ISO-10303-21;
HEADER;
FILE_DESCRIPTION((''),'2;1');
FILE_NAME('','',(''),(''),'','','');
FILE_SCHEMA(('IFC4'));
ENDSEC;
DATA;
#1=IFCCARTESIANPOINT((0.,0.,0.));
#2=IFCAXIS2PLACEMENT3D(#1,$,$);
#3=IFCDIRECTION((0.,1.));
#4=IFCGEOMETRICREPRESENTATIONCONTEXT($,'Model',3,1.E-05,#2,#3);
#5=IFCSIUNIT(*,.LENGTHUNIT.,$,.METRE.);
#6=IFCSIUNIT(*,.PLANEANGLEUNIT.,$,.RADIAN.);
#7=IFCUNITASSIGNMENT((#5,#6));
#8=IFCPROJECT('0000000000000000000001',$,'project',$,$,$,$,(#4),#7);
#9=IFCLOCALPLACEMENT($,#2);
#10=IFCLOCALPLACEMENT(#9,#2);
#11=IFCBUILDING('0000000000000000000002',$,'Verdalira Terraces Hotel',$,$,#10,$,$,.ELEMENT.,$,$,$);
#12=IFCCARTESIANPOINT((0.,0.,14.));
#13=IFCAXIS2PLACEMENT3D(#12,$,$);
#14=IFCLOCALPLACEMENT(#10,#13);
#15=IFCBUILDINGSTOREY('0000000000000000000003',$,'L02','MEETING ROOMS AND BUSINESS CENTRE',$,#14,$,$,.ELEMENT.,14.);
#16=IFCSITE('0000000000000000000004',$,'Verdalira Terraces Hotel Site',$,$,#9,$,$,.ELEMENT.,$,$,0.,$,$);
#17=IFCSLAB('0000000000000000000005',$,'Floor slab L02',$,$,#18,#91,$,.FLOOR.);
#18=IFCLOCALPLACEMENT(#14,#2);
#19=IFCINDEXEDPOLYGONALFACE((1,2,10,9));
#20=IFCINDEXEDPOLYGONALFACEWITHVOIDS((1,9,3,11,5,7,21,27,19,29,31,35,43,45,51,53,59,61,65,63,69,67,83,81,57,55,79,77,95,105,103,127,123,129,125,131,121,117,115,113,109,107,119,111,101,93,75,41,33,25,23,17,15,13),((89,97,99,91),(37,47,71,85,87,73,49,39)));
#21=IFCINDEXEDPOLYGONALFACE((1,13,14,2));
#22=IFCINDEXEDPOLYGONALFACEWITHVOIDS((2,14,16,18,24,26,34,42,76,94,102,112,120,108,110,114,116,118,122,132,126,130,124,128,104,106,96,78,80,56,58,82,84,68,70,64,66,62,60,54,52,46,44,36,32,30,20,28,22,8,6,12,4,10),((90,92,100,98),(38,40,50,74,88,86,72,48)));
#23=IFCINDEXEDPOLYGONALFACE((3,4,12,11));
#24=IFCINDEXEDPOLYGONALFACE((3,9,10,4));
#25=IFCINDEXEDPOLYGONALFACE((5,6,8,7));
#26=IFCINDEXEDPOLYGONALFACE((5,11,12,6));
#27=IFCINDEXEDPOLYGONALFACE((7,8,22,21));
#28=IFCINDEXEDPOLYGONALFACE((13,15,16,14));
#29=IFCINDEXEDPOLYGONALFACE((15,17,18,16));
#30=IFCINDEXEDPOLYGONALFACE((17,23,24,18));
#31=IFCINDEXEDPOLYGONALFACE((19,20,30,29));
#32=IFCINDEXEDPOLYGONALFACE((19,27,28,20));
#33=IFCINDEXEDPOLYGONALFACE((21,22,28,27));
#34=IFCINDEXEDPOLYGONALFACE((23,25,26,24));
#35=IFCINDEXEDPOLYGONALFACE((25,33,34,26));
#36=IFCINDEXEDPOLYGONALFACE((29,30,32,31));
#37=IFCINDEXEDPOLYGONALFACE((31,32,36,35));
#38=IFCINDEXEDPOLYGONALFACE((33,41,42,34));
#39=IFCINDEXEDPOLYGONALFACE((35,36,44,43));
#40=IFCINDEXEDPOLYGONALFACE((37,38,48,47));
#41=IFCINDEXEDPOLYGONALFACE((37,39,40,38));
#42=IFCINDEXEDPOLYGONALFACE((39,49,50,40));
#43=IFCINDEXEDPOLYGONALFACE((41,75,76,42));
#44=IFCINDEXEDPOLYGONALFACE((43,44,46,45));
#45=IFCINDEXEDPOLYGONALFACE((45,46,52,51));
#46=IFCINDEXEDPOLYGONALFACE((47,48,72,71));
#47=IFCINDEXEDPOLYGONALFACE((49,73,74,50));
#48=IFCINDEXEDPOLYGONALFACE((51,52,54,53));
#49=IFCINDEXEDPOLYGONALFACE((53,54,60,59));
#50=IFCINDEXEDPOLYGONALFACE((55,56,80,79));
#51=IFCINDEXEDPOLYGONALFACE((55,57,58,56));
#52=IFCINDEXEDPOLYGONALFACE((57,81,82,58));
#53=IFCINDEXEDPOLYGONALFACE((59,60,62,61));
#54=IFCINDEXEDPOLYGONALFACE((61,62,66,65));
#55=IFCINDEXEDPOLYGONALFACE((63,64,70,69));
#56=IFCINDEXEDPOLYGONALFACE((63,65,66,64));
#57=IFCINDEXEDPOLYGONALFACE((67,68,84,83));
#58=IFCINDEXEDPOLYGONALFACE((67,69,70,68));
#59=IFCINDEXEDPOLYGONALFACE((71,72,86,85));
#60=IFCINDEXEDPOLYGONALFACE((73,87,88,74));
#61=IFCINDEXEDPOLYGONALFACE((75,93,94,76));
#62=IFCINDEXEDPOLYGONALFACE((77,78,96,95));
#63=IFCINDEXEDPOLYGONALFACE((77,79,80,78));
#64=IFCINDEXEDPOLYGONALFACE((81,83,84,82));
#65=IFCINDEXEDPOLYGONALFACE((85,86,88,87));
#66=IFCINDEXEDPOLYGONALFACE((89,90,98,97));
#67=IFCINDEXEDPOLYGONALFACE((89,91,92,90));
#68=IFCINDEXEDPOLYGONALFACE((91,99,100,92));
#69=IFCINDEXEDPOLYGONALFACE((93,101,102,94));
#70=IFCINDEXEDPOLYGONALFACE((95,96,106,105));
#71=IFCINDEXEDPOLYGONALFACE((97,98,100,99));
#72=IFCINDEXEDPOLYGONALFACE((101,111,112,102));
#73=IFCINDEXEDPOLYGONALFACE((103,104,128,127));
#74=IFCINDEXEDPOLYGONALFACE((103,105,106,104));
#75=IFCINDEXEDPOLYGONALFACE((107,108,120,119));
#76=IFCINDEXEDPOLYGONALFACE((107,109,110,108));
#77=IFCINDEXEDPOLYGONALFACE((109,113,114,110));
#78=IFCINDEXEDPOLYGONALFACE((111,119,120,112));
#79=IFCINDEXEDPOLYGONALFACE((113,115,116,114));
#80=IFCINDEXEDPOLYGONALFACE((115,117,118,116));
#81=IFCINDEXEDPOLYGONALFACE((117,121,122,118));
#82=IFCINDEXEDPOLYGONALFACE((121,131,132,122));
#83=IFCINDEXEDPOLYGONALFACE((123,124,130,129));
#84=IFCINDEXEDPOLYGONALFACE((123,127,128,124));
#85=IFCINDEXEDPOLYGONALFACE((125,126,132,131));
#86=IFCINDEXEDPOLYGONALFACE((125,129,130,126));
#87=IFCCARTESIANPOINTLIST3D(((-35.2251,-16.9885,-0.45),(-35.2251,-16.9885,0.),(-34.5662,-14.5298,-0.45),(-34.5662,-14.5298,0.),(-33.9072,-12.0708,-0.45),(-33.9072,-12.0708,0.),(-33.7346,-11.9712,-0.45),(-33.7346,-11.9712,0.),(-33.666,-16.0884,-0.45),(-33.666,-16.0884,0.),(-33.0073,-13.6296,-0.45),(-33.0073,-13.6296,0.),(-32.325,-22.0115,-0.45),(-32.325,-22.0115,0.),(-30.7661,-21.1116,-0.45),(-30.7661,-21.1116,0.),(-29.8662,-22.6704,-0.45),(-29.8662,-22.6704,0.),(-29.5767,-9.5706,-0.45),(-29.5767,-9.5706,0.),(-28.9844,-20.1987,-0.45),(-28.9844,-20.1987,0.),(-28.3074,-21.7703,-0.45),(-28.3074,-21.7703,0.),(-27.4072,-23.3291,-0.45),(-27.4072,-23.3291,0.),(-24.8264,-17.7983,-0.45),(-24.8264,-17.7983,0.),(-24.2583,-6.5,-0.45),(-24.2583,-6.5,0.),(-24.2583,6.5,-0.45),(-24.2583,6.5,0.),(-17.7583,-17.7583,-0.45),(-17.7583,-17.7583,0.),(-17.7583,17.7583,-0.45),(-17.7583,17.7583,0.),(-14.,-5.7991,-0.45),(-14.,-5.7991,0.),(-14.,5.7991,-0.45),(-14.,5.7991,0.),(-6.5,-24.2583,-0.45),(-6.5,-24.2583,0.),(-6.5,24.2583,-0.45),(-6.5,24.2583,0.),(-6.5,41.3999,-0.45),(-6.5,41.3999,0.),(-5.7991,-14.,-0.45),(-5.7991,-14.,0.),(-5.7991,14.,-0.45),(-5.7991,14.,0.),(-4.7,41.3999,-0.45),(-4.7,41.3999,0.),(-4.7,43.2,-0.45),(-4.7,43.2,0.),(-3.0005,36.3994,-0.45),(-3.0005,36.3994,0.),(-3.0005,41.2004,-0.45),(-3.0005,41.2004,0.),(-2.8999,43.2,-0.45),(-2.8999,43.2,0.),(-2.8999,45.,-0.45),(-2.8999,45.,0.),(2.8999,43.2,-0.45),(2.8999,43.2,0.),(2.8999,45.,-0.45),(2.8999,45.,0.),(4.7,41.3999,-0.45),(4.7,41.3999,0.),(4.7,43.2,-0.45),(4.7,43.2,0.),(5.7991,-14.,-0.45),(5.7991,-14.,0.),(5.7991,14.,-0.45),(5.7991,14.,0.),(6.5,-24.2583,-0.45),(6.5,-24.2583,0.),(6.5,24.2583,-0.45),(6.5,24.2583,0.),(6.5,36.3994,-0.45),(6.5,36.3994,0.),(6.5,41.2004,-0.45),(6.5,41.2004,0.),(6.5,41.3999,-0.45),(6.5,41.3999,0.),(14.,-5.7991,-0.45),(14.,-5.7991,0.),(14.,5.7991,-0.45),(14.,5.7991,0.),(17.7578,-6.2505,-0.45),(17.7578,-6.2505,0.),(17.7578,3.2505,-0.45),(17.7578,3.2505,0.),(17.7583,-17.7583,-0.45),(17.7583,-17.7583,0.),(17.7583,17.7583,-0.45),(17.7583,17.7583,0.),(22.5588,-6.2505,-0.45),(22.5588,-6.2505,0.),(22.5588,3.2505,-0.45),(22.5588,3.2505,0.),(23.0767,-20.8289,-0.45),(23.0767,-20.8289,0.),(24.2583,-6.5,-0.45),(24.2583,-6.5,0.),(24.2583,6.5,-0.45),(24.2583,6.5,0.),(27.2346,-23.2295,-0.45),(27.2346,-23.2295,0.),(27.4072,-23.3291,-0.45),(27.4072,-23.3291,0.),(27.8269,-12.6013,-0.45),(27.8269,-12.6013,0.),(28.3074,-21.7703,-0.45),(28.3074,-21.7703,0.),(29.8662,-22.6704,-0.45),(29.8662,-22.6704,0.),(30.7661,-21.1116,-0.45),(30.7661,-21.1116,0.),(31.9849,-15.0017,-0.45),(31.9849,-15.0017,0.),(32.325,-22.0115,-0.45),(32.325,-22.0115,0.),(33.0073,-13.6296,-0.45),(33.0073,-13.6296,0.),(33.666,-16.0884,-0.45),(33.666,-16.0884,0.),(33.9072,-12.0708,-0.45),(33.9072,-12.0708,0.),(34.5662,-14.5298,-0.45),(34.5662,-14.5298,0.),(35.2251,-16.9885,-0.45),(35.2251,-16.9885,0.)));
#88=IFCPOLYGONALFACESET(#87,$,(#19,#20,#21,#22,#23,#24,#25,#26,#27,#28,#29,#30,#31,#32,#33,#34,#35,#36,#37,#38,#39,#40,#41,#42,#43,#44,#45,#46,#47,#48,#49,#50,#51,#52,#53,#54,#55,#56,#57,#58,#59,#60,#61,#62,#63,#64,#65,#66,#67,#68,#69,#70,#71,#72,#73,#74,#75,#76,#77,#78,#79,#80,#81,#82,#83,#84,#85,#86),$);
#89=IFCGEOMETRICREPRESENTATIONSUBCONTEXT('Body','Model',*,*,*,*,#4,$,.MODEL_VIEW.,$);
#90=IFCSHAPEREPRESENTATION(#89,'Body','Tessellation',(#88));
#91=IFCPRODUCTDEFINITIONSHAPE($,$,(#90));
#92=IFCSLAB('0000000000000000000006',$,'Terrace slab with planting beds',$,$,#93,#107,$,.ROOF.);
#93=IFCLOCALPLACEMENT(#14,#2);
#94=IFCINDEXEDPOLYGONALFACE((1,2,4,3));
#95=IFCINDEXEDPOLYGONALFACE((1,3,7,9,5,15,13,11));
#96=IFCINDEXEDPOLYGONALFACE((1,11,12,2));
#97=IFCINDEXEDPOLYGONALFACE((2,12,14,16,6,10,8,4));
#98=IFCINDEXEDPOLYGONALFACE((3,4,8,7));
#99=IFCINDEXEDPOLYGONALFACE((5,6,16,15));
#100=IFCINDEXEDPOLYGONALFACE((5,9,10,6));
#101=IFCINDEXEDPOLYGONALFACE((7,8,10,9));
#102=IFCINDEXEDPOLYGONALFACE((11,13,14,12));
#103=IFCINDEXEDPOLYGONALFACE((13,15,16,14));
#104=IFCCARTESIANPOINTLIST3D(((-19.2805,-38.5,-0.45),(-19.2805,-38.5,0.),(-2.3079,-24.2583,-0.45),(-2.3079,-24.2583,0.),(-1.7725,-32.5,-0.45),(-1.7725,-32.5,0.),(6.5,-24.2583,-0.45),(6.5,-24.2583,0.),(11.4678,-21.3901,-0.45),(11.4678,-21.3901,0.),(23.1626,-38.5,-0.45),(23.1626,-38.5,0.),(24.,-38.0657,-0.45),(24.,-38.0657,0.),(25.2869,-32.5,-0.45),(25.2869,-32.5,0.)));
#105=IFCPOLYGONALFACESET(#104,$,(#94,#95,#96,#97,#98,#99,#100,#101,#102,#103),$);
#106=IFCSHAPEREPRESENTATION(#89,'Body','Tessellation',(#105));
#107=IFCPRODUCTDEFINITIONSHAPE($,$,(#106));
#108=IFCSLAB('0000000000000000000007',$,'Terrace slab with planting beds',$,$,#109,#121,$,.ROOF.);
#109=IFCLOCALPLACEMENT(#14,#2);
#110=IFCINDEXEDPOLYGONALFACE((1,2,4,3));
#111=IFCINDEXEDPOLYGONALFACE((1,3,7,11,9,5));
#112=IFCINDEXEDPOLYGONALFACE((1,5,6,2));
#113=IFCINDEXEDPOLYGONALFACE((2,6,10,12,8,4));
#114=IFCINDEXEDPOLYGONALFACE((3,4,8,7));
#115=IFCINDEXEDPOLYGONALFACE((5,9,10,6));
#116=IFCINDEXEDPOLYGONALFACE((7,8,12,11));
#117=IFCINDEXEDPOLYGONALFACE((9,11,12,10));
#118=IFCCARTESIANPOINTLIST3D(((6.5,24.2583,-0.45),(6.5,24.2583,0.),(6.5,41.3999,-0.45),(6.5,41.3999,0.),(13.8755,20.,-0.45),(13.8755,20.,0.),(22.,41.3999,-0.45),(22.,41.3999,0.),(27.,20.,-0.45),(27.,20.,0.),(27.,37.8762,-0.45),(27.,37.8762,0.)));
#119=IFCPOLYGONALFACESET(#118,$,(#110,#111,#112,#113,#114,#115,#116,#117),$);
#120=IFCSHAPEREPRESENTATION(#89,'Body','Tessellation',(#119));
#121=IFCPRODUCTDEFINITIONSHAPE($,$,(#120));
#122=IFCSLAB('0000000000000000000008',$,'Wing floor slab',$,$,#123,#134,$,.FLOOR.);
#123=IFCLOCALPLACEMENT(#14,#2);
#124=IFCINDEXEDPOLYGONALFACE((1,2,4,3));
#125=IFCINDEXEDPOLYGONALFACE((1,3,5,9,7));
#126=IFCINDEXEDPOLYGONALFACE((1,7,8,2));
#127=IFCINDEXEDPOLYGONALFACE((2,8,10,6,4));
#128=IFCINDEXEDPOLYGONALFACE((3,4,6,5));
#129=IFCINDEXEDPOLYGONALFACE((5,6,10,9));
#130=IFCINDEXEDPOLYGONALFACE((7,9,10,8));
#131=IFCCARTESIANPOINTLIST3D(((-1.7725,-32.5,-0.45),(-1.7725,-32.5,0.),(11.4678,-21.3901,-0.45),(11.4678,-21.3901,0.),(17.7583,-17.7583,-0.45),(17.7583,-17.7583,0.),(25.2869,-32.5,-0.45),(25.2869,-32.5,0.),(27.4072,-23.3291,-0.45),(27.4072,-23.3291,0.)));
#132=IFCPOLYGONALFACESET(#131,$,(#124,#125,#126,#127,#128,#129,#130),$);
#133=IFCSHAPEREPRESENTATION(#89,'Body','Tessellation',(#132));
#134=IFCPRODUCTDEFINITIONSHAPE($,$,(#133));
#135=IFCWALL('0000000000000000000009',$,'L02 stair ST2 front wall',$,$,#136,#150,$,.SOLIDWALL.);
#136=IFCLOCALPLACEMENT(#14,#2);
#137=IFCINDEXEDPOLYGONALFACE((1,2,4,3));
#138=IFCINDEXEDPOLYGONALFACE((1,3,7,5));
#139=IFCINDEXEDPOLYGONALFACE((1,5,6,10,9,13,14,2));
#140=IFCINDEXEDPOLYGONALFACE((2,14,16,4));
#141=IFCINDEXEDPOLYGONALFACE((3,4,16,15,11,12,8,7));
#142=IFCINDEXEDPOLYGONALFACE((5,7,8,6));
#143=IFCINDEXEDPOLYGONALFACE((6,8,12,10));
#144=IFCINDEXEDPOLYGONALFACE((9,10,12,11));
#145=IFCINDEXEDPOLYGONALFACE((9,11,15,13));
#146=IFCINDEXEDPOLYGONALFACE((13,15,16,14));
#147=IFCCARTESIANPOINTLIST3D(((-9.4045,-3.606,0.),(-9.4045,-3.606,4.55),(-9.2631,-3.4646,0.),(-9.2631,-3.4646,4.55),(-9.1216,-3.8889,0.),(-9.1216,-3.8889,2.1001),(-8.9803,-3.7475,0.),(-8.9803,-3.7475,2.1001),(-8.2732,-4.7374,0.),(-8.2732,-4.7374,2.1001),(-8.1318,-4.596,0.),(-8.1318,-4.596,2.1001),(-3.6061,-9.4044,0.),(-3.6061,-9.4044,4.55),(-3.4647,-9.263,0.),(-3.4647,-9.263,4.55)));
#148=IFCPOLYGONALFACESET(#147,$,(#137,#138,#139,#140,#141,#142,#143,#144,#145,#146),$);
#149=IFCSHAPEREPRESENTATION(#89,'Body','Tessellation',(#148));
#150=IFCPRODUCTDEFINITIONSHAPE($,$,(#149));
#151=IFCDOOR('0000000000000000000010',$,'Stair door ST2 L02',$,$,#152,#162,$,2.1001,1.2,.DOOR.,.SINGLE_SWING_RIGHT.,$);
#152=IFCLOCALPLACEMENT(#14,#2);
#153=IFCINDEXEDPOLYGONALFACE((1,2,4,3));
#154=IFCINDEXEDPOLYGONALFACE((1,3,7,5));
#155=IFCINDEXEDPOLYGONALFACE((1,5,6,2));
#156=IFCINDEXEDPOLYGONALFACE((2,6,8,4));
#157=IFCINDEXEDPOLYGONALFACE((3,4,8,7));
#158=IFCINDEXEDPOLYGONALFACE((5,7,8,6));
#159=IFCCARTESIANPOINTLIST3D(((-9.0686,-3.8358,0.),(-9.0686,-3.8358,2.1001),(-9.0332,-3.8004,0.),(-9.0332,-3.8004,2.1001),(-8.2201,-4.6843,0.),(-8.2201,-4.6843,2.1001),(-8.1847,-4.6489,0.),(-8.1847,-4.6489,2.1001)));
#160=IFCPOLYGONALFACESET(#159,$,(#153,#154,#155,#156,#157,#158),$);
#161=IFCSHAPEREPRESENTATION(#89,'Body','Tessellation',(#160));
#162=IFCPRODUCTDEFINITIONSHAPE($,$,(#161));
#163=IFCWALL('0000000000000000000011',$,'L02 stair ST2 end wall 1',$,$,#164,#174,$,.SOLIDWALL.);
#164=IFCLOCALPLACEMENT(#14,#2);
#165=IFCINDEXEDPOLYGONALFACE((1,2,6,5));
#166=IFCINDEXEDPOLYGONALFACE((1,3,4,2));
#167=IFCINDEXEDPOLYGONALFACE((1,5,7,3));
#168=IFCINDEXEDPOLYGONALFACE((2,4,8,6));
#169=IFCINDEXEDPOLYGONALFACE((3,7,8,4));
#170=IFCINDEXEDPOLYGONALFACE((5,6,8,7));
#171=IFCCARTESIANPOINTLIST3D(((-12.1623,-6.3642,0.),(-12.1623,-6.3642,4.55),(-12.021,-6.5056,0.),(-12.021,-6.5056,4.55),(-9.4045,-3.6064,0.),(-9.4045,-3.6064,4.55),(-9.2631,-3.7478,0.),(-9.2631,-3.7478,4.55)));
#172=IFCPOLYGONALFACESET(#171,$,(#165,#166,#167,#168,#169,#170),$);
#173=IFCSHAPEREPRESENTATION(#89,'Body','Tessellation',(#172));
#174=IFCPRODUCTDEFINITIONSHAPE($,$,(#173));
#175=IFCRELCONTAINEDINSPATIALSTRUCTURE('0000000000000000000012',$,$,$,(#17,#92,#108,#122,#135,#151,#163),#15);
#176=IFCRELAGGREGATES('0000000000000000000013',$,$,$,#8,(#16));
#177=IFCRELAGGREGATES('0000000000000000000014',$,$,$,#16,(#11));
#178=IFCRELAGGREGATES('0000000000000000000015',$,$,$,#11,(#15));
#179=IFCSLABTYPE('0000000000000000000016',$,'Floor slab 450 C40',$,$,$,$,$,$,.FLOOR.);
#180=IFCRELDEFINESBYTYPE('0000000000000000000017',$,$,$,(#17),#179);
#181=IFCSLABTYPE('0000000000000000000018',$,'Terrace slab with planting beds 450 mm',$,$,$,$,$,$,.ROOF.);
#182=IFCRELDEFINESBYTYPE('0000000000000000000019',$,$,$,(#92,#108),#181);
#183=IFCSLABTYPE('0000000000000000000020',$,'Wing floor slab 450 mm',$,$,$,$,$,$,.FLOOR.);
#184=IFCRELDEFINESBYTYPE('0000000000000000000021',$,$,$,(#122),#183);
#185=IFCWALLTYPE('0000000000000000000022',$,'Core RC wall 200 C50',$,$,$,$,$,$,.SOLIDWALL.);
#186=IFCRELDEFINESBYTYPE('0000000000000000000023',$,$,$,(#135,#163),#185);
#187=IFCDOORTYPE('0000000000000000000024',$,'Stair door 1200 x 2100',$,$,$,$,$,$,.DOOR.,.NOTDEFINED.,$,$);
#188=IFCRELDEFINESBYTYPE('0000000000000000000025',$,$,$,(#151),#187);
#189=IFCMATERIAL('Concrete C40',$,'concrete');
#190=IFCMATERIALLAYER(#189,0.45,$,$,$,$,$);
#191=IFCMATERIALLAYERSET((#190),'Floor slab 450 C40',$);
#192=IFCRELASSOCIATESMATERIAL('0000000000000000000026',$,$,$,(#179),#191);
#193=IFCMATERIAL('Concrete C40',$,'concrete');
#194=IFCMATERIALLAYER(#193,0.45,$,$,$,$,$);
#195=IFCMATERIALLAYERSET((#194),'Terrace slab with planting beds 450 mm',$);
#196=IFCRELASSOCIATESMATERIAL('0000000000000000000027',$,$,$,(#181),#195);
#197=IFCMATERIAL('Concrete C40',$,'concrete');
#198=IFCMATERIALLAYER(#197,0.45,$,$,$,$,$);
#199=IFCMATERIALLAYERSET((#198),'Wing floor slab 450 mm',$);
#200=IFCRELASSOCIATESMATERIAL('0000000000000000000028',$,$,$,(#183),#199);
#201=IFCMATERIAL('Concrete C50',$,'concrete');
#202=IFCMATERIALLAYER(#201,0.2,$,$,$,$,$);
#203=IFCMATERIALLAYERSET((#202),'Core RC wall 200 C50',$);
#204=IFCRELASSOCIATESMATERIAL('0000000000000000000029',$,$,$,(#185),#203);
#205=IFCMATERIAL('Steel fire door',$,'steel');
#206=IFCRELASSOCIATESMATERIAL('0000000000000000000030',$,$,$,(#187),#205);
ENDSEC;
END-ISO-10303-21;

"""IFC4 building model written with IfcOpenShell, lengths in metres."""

from ifc_helpers import new_model, si_unit, direction, frame, frame_2d, origin, place, context, subcontext, project, spatial, polyline, rectangle, outline, extrude, material, layer, layer_set, type_object, element, fill, save


model = new_model("IFC4")

# Units and contexts
model_context = context("Model", 3, precision=1e-05, world=origin(), true_north=direction((0.0, 1.0)))
body_context = subcontext(model_context, "Body", "Model", "MODEL_VIEW")
ifc_project = project(units=[si_unit("LENGTHUNIT", "METRE"), si_unit("PLANEANGLEUNIT", "RADIAN")], contexts=[model_context])

# Site, building, storey
site_placement = place(None, origin())
site = spatial("IfcSite", under=ifc_project, at=site_placement, Name="Verdalira Terraces Hotel Site", CompositionType="ELEMENT", RefElevation=0.0)
building_placement = place(site_placement, origin())
building = spatial("IfcBuilding", under=site, at=building_placement, Name="Verdalira Terraces Hotel", CompositionType="ELEMENT")
storey_placement = place(building_placement, frame((0.0, 0.0, 14.0)))
storey = spatial("IfcBuildingStorey", under=building, at=storey_placement, Name="L02", Description="MEETING ROOMS AND BUSINESS CENTRE", CompositionType="ELEMENT", Elevation=14.0)

# Slabs
ifc_material_1 = material(Name="Concrete C40", Category="concrete")
ifc_layer_1 = layer(ifc_material_1, 0.45)
ifc_layer_set_1 = layer_set([ifc_layer_1], Name="Floor slab 450 C40")
slab_type_1 = type_object("IfcSlabType", Name="Floor slab 450 C40", PredefinedType="FLOOR", material=ifc_layer_set_1)
slab_1_placement = place(storey_placement, frame((0.0, 0.0, -0.45)))
element("IfcSlab", 1, at=slab_1_placement, inside=storey, type_object=slab_type_1, Name="Floor slab L02", PredefinedType="FLOOR", context=body_context, shape_type="SweptSolid", body=[
    extrude(outline(polyline([(33.0073, -13.6296), (33.9072, -12.0708), (24.2583, -6.5), (24.2583, 6.5), (17.7583, 17.7583), (6.5, 24.2583), (6.5, 36.3994), (-3.0005, 36.3994), (-3.0005, 41.2004), (6.5, 41.2004), (6.5, 41.3999), (4.7, 41.3999), (4.7, 43.2), (2.8999, 43.2), (2.8999, 45.0), (-2.8999, 45.0), (-2.8999, 43.2), (-4.7, 43.2), (-4.7, 41.3999), (-6.5, 41.3999), (-6.5, 24.2583), (-17.7583, 17.7583), (-24.2583, 6.5), (-24.2583, -6.5), (-29.5767, -9.5706), (-24.8264, -17.7983), (-28.9844, -20.1987), (-33.7346, -11.9712), (-33.9072, -12.0708), (-33.0073, -13.6296), (-34.5662, -14.5298), (-33.666, -16.0884), (-35.2251, -16.9885), (-32.325, -22.0115), (-30.7661, -21.1116), (-29.8662, -22.6704), (-28.3074, -21.7703), (-27.4072, -23.3291), (-17.7583, -17.7583), (-6.5, -24.2583), (6.5, -24.2583), (17.7583, -17.7583), (23.0767, -20.8289), (27.8269, -12.6013), (31.9849, -15.0017), (27.2346, -23.2295), (27.4072, -23.3291), (28.3074, -21.7703), (29.8662, -22.6704), (30.7661, -21.1116), (32.325, -22.0115), (35.2251, -16.9885), (33.666, -16.0884), (34.5662, -14.5298), (33.0073, -13.6296)]), holes=[polyline([(-5.7991, -14.0), (-14.0, -5.7991), (-14.0, 5.7991), (-5.7991, 14.0), (5.7991, 14.0), (14.0, 5.7991), (14.0, -5.7991), (5.7991, -14.0), (-5.7991, -14.0)]), polyline([(22.5588, -6.2505), (17.7578, -6.2505), (17.7578, 3.2505), (22.5588, 3.2505), (22.5588, -6.2505)])]), origin(), (0.0, 0.0, 1.0), 0.45),
])
ifc_material_2 = material(Name="Concrete C40", Category="concrete")
ifc_layer_2 = layer(ifc_material_2, 0.45)
ifc_layer_set_2 = layer_set([ifc_layer_2], Name="Terrace slab with planting beds 450 mm")
slab_type_2 = type_object("IfcSlabType", Name="Terrace slab with planting beds 450 mm", PredefinedType="ROOF", material=ifc_layer_set_2)
slab_2_placement = place(storey_placement, frame((0.0, 0.0, -0.45)))
element("IfcSlab", 2, at=slab_2_placement, inside=storey, type_object=slab_type_2, Name="Terrace slab with planting beds", PredefinedType="ROOF", context=body_context, shape_type="SweptSolid", body=[
    extrude(outline(polyline([(11.4678, -21.3901), (-1.7725, -32.5), (25.2869, -32.5), (24.0, -38.0657), (23.1626, -38.5), (-19.2805, -38.5), (-2.3079, -24.2583), (6.5, -24.2583), (11.4678, -21.3901)])), origin(), (0.0, 0.0, 1.0), 0.45),
])
slab_3_placement = place(storey_placement, frame((0.0, 0.0, -0.45)))
element("IfcSlab", 3, at=slab_3_placement, inside=storey, type_object=slab_type_2, Name="Terrace slab with planting beds", PredefinedType="ROOF", context=body_context, shape_type="SweptSolid", body=[
    extrude(outline(polyline([(27.0, 37.8762), (27.0, 20.0), (13.8755, 20.0), (6.5, 24.2583), (6.5, 41.3999), (22.0, 41.3999), (27.0, 37.8762)])), origin(), (0.0, 0.0, 1.0), 0.45),
])
ifc_material_3 = material(Name="Concrete C40", Category="concrete")
ifc_layer_3 = layer(ifc_material_3, 0.45)
ifc_layer_set_3 = layer_set([ifc_layer_3], Name="Wing floor slab 450 mm")
slab_type_3 = type_object("IfcSlabType", Name="Wing floor slab 450 mm", PredefinedType="FLOOR", material=ifc_layer_set_3)
slab_4_placement = place(storey_placement, frame((0.0, 0.0, -0.45)))
element("IfcSlab", 4, at=slab_4_placement, inside=storey, type_object=slab_type_3, Name="Wing floor slab", PredefinedType="FLOOR", context=body_context, shape_type="SweptSolid", body=[
    extrude(outline(polyline([(25.2869, -32.5), (-1.7725, -32.5), (11.4678, -21.3901), (17.7583, -17.7583), (27.4072, -23.3291), (25.2869, -32.5)])), origin(), (0.0, 0.0, 1.0), 0.45),
])

# Wall, opening, door
ifc_material_4 = material(Name="Concrete C50", Category="concrete")
ifc_layer_4 = layer(ifc_material_4, 0.2)
ifc_layer_set_4 = layer_set([ifc_layer_4], Name="Core RC wall 200 C50")
wall_type_1 = type_object("IfcWallType", Name="Core RC wall 200 C50", PredefinedType="SOLIDWALL", material=ifc_layer_set_4)
wall_1_placement = place(storey_placement, frame((-3.5354, -9.3337, 0.0), z_axis=(0.0, 0.0, 1.0), x_axis=(-0.707107, 0.707107, 0.0)))
wall_1 = element("IfcWall", 5, at=wall_1_placement, inside=storey, type_object=wall_type_1, Name="L02 stair ST2 front wall", PredefinedType="SOLIDWALL", context=body_context, shape_type="SweptSolid", body=[
    extrude(rectangle(XDim=8.2002, YDim=0.2, at=frame_2d((4.1001, 0.0))), origin(), (0.0, 0.0, 1.0), 4.55),
])
opening_1_placement = place(wall_1_placement, frame((6.6001, 0.0, 0.0)))
opening_1 = element("IfcOpeningElement", 6, at=opening_1_placement, cuts=wall_1, PredefinedType="OPENING", context=body_context, shape_type="SweptSolid", body=[
    extrude(rectangle(XDim=1.2, YDim=2.1001, at=frame_2d((0.6001, 1.05))), frame((0.0, 0.1099, 0.0), z_axis=(0.0, -1.0, 0.0), x_axis=(1.0, 0.0, 0.0)), (0.0, 0.0, 1.0), 0.22),
])
ifc_material_5 = material(Name="Steel fire door", Category="steel")
door_type_1 = type_object("IfcDoorType", Name="Stair door 1200 x 2100", OperationType="NOTDEFINED", PredefinedType="DOOR", material=ifc_material_5)
door_1_placement = place(opening_1_placement, origin())
door_1 = element("IfcDoor", 7, at=door_1_placement, inside=storey, type_object=door_type_1, Name="Stair door ST2 L02", OperationType="SINGLE_SWING_RIGHT", OverallHeight=2.1001, OverallWidth=1.2, PredefinedType="DOOR", context=body_context, shape_type="SweptSolid", body=[
    extrude(rectangle(XDim=1.2, YDim=2.1001, at=frame_2d((0.6001, 1.05))), frame((0.0, 0.0249, 0.0), z_axis=(0.0, -1.0, 0.0), x_axis=(1.0, 0.0, 0.0)), (0.0, 0.0, 1.0), 0.05),
])
fill(opening_1, door_1)

# Wall
for number, where, z_axis, x_axis, name in (
    (8, (-9.3337, -3.677, 0.0), (0.0, 0.0, 1.0), (-0.707107, -0.707107, 0.0), "L02 stair ST2 end wall 1"),
):
    element("IfcWall", number, at=place(storey_placement, frame(where, z_axis=z_axis, x_axis=x_axis)), inside=storey, type_object=wall_type_1, Name=name, PredefinedType="SOLIDWALL", context=body_context, shape_type="SweptSolid", body=[
        extrude(rectangle(XDim=3.9001, YDim=0.2, at=frame_2d((1.9502, 0.0))), origin(), (0.0, 0.0, 1.0), 4.55),
    ])

save(model, "model.ifc")
